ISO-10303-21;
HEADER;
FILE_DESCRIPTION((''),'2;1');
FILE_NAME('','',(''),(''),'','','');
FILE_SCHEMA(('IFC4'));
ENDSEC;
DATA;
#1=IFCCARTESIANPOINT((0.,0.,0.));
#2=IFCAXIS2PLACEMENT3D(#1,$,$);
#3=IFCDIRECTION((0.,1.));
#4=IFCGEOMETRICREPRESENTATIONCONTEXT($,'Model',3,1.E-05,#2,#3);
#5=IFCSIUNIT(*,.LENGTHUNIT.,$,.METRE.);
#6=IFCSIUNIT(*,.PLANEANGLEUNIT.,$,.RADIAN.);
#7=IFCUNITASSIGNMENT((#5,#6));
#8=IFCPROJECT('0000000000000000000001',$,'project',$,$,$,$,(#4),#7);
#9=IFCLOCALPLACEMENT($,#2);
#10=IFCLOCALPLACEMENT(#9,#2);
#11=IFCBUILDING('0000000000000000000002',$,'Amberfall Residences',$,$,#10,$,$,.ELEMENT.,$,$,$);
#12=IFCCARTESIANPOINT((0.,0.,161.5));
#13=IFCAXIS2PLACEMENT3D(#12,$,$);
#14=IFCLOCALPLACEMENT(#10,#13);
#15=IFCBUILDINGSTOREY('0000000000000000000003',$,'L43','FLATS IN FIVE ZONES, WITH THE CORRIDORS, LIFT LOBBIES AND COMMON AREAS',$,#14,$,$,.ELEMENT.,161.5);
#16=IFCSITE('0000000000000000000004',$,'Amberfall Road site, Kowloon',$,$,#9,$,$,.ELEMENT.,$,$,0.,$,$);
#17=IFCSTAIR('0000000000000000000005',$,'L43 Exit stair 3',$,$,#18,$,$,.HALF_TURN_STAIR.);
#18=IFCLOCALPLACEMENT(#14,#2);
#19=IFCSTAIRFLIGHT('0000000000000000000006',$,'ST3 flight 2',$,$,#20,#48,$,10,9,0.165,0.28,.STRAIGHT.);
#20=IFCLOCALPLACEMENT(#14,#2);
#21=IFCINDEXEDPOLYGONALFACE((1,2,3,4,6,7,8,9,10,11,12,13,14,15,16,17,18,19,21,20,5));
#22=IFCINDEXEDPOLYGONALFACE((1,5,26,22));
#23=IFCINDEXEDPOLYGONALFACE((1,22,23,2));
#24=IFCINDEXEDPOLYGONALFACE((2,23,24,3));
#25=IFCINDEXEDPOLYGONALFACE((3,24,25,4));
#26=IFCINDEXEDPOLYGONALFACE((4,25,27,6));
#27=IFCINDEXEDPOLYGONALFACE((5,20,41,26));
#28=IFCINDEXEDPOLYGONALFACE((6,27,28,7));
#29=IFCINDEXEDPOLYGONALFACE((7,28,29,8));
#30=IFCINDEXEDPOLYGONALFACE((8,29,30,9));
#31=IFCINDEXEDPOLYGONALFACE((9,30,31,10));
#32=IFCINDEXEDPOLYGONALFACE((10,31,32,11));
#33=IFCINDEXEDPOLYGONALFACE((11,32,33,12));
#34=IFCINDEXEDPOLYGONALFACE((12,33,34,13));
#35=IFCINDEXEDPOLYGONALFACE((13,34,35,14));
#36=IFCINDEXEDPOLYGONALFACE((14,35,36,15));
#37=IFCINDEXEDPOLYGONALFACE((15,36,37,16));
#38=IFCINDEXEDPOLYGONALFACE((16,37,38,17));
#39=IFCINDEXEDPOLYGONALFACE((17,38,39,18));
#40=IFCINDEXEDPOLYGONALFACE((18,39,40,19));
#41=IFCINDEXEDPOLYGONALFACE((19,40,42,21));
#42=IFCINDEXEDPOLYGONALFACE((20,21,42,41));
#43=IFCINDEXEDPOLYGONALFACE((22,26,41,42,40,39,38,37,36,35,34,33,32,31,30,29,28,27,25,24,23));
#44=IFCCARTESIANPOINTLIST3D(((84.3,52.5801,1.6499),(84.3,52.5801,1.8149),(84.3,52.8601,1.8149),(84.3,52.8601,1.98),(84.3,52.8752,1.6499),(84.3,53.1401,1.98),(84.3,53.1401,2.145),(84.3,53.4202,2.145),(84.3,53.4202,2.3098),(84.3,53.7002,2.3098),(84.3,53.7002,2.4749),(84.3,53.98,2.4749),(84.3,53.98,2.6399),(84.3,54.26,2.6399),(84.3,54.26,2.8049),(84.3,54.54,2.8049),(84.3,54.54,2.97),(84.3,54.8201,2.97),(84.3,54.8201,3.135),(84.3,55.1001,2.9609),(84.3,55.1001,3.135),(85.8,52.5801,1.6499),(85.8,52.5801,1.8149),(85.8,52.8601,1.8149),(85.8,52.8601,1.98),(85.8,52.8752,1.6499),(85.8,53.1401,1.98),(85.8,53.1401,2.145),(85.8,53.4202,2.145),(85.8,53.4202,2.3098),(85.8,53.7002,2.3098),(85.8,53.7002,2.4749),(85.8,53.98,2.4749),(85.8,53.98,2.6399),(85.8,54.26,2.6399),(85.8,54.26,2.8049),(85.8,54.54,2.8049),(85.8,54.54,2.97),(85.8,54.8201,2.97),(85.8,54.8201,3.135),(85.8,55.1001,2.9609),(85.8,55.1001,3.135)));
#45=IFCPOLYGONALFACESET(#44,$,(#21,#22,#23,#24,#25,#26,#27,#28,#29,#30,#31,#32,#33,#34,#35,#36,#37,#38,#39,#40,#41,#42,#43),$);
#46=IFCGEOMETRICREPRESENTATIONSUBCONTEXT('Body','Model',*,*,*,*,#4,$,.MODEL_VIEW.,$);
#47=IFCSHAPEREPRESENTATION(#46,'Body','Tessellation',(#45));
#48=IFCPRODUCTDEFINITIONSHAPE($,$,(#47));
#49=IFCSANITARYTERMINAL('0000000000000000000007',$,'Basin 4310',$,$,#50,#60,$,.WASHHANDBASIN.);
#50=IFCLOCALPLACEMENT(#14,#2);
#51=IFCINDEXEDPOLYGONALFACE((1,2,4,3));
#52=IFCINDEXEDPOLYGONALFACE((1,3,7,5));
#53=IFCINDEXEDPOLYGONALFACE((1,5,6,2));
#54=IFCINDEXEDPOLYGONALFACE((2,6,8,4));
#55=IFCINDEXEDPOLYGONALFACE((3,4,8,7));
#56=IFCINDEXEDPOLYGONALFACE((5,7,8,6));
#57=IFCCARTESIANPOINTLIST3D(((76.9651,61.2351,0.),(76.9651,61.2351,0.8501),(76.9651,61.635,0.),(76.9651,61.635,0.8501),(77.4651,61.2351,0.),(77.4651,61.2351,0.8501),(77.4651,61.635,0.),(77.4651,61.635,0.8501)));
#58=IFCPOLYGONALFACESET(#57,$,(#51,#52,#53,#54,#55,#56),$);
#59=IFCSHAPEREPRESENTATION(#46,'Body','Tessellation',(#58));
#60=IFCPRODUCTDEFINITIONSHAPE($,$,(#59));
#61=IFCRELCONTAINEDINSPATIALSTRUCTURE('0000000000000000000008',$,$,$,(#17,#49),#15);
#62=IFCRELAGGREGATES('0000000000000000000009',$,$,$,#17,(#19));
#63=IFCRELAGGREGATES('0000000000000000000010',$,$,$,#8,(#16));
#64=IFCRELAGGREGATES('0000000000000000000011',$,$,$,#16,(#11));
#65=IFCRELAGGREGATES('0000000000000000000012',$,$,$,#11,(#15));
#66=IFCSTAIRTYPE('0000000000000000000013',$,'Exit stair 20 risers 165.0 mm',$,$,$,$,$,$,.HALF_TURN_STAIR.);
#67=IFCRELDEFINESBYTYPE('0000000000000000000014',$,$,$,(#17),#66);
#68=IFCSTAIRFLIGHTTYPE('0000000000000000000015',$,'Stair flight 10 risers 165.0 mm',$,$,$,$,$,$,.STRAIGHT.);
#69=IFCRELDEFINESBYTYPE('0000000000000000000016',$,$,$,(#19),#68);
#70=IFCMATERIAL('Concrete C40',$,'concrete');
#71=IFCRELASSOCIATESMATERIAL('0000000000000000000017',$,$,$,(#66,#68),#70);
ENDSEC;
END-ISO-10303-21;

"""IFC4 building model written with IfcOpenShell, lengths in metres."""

from ifc_helpers import new_model, si_unit, direction, frame, origin, origin_2d, place, context, subcontext, project, spatial, polyline, rectangle, outline, extrude, material, type_object, element, aggregate, save


model = new_model("IFC4")

# Units and contexts
model_context = context("Model", 3, precision=1e-05, world=origin(), true_north=direction((0.0, 1.0)))
body_context = subcontext(model_context, "Body", "Model", "MODEL_VIEW")
ifc_project = project(units=[si_unit("LENGTHUNIT", "METRE"), si_unit("PLANEANGLEUNIT", "RADIAN")], contexts=[model_context])

# Site, building, storey
site_placement = place(None, origin())
site = spatial("IfcSite", under=ifc_project, at=site_placement, Name="Amberfall Road site, Kowloon", CompositionType="ELEMENT", RefElevation=0.0)
building_placement = place(site_placement, origin())
building = spatial("IfcBuilding", under=site, at=building_placement, Name="Amberfall Residences", CompositionType="ELEMENT")
storey_placement = place(building_placement, frame((0.0, 0.0, 161.5)))
storey = spatial("IfcBuildingStorey", under=building, at=storey_placement, Name="L43", Description="FLATS IN FIVE ZONES, WITH THE CORRIDORS, LIFT LOBBIES AND COMMON AREAS", CompositionType="ELEMENT", Elevation=161.5)

# Stair, stair flight
ifc_material_1 = material(Name="Concrete C40", Category="concrete")
stair_type = type_object("IfcStairType", Name="Exit stair 20 risers 165.0 mm", PredefinedType="HALF_TURN_STAIR", material=ifc_material_1)
stair_placement = place(storey_placement, origin())
stair = element("IfcStair", 1, at=stair_placement, inside=storey, type_object=stair_type, Name="L43 Exit stair 3", PredefinedType="HALF_TURN_STAIR")
stair_flight_type = type_object("IfcStairFlightType", Name="Stair flight 10 risers 165.0 mm", PredefinedType="STRAIGHT", material=ifc_material_1)
stair_flight_1_placement = place(storey_placement, frame((85.05, 52.5801, 1.6499), z_axis=(0.0, 0.0, 1.0), x_axis=(0.0, 1.0, 0.0)))
stair_flight_1 = element("IfcStairFlight", 2, at=stair_flight_1_placement, type_object=stair_flight_type, Name="ST3 flight 2", NumberOfRisers=10, NumberOfTreads=9, PredefinedType="STRAIGHT", RiserHeight=0.165, TreadLength=0.28, context=body_context, shape_type="SweptSolid", body=[
    extrude(outline(polyline([(0.0, 0.0), (0.0, 0.165), (0.28, 0.165), (0.28, 0.3301), (0.5601, 0.3301), (0.5601, 0.4951), (0.8401, 0.4951), (0.8401, 0.6599), (1.1201, 0.6599), (1.1201, 0.825), (1.3999, 0.825), (1.3999, 0.99), (1.6799, 0.99), (1.6799, 1.155), (1.96, 1.155), (1.96, 1.3201), (2.24, 1.3201), (2.24, 1.4851), (2.52, 1.4851), (2.52, 1.6499), (2.52, 1.311), (0.2952, 0.0), (0.0, 0.0)])), frame((0.0, 0.75, 0.0), z_axis=(0.0, -1.0, 0.0), x_axis=(1.0, 0.0, 0.0)), (0.0, 0.0, 1.0), 1.5),
])
aggregate(stair, [stair_flight_1])

# Sanitary terminal
sanitary_terminal_placement = place(storey_placement, frame((77.2151, 61.4351, 0.0), z_axis=(0.0, 0.0, 1.0), x_axis=(1.0, 0.0, 0.0)))
element("IfcSanitaryTerminal", 3, at=sanitary_terminal_placement, inside=storey, Name="Basin 4310", PredefinedType="WASHHANDBASIN", context=body_context, shape_type="SweptSolid", body=[
    extrude(rectangle(XDim=0.5, YDim=0.3999, at=origin_2d()), origin(), (0.0, 0.0, 1.0), 0.8501),
])

save(model, "model.ifc")
